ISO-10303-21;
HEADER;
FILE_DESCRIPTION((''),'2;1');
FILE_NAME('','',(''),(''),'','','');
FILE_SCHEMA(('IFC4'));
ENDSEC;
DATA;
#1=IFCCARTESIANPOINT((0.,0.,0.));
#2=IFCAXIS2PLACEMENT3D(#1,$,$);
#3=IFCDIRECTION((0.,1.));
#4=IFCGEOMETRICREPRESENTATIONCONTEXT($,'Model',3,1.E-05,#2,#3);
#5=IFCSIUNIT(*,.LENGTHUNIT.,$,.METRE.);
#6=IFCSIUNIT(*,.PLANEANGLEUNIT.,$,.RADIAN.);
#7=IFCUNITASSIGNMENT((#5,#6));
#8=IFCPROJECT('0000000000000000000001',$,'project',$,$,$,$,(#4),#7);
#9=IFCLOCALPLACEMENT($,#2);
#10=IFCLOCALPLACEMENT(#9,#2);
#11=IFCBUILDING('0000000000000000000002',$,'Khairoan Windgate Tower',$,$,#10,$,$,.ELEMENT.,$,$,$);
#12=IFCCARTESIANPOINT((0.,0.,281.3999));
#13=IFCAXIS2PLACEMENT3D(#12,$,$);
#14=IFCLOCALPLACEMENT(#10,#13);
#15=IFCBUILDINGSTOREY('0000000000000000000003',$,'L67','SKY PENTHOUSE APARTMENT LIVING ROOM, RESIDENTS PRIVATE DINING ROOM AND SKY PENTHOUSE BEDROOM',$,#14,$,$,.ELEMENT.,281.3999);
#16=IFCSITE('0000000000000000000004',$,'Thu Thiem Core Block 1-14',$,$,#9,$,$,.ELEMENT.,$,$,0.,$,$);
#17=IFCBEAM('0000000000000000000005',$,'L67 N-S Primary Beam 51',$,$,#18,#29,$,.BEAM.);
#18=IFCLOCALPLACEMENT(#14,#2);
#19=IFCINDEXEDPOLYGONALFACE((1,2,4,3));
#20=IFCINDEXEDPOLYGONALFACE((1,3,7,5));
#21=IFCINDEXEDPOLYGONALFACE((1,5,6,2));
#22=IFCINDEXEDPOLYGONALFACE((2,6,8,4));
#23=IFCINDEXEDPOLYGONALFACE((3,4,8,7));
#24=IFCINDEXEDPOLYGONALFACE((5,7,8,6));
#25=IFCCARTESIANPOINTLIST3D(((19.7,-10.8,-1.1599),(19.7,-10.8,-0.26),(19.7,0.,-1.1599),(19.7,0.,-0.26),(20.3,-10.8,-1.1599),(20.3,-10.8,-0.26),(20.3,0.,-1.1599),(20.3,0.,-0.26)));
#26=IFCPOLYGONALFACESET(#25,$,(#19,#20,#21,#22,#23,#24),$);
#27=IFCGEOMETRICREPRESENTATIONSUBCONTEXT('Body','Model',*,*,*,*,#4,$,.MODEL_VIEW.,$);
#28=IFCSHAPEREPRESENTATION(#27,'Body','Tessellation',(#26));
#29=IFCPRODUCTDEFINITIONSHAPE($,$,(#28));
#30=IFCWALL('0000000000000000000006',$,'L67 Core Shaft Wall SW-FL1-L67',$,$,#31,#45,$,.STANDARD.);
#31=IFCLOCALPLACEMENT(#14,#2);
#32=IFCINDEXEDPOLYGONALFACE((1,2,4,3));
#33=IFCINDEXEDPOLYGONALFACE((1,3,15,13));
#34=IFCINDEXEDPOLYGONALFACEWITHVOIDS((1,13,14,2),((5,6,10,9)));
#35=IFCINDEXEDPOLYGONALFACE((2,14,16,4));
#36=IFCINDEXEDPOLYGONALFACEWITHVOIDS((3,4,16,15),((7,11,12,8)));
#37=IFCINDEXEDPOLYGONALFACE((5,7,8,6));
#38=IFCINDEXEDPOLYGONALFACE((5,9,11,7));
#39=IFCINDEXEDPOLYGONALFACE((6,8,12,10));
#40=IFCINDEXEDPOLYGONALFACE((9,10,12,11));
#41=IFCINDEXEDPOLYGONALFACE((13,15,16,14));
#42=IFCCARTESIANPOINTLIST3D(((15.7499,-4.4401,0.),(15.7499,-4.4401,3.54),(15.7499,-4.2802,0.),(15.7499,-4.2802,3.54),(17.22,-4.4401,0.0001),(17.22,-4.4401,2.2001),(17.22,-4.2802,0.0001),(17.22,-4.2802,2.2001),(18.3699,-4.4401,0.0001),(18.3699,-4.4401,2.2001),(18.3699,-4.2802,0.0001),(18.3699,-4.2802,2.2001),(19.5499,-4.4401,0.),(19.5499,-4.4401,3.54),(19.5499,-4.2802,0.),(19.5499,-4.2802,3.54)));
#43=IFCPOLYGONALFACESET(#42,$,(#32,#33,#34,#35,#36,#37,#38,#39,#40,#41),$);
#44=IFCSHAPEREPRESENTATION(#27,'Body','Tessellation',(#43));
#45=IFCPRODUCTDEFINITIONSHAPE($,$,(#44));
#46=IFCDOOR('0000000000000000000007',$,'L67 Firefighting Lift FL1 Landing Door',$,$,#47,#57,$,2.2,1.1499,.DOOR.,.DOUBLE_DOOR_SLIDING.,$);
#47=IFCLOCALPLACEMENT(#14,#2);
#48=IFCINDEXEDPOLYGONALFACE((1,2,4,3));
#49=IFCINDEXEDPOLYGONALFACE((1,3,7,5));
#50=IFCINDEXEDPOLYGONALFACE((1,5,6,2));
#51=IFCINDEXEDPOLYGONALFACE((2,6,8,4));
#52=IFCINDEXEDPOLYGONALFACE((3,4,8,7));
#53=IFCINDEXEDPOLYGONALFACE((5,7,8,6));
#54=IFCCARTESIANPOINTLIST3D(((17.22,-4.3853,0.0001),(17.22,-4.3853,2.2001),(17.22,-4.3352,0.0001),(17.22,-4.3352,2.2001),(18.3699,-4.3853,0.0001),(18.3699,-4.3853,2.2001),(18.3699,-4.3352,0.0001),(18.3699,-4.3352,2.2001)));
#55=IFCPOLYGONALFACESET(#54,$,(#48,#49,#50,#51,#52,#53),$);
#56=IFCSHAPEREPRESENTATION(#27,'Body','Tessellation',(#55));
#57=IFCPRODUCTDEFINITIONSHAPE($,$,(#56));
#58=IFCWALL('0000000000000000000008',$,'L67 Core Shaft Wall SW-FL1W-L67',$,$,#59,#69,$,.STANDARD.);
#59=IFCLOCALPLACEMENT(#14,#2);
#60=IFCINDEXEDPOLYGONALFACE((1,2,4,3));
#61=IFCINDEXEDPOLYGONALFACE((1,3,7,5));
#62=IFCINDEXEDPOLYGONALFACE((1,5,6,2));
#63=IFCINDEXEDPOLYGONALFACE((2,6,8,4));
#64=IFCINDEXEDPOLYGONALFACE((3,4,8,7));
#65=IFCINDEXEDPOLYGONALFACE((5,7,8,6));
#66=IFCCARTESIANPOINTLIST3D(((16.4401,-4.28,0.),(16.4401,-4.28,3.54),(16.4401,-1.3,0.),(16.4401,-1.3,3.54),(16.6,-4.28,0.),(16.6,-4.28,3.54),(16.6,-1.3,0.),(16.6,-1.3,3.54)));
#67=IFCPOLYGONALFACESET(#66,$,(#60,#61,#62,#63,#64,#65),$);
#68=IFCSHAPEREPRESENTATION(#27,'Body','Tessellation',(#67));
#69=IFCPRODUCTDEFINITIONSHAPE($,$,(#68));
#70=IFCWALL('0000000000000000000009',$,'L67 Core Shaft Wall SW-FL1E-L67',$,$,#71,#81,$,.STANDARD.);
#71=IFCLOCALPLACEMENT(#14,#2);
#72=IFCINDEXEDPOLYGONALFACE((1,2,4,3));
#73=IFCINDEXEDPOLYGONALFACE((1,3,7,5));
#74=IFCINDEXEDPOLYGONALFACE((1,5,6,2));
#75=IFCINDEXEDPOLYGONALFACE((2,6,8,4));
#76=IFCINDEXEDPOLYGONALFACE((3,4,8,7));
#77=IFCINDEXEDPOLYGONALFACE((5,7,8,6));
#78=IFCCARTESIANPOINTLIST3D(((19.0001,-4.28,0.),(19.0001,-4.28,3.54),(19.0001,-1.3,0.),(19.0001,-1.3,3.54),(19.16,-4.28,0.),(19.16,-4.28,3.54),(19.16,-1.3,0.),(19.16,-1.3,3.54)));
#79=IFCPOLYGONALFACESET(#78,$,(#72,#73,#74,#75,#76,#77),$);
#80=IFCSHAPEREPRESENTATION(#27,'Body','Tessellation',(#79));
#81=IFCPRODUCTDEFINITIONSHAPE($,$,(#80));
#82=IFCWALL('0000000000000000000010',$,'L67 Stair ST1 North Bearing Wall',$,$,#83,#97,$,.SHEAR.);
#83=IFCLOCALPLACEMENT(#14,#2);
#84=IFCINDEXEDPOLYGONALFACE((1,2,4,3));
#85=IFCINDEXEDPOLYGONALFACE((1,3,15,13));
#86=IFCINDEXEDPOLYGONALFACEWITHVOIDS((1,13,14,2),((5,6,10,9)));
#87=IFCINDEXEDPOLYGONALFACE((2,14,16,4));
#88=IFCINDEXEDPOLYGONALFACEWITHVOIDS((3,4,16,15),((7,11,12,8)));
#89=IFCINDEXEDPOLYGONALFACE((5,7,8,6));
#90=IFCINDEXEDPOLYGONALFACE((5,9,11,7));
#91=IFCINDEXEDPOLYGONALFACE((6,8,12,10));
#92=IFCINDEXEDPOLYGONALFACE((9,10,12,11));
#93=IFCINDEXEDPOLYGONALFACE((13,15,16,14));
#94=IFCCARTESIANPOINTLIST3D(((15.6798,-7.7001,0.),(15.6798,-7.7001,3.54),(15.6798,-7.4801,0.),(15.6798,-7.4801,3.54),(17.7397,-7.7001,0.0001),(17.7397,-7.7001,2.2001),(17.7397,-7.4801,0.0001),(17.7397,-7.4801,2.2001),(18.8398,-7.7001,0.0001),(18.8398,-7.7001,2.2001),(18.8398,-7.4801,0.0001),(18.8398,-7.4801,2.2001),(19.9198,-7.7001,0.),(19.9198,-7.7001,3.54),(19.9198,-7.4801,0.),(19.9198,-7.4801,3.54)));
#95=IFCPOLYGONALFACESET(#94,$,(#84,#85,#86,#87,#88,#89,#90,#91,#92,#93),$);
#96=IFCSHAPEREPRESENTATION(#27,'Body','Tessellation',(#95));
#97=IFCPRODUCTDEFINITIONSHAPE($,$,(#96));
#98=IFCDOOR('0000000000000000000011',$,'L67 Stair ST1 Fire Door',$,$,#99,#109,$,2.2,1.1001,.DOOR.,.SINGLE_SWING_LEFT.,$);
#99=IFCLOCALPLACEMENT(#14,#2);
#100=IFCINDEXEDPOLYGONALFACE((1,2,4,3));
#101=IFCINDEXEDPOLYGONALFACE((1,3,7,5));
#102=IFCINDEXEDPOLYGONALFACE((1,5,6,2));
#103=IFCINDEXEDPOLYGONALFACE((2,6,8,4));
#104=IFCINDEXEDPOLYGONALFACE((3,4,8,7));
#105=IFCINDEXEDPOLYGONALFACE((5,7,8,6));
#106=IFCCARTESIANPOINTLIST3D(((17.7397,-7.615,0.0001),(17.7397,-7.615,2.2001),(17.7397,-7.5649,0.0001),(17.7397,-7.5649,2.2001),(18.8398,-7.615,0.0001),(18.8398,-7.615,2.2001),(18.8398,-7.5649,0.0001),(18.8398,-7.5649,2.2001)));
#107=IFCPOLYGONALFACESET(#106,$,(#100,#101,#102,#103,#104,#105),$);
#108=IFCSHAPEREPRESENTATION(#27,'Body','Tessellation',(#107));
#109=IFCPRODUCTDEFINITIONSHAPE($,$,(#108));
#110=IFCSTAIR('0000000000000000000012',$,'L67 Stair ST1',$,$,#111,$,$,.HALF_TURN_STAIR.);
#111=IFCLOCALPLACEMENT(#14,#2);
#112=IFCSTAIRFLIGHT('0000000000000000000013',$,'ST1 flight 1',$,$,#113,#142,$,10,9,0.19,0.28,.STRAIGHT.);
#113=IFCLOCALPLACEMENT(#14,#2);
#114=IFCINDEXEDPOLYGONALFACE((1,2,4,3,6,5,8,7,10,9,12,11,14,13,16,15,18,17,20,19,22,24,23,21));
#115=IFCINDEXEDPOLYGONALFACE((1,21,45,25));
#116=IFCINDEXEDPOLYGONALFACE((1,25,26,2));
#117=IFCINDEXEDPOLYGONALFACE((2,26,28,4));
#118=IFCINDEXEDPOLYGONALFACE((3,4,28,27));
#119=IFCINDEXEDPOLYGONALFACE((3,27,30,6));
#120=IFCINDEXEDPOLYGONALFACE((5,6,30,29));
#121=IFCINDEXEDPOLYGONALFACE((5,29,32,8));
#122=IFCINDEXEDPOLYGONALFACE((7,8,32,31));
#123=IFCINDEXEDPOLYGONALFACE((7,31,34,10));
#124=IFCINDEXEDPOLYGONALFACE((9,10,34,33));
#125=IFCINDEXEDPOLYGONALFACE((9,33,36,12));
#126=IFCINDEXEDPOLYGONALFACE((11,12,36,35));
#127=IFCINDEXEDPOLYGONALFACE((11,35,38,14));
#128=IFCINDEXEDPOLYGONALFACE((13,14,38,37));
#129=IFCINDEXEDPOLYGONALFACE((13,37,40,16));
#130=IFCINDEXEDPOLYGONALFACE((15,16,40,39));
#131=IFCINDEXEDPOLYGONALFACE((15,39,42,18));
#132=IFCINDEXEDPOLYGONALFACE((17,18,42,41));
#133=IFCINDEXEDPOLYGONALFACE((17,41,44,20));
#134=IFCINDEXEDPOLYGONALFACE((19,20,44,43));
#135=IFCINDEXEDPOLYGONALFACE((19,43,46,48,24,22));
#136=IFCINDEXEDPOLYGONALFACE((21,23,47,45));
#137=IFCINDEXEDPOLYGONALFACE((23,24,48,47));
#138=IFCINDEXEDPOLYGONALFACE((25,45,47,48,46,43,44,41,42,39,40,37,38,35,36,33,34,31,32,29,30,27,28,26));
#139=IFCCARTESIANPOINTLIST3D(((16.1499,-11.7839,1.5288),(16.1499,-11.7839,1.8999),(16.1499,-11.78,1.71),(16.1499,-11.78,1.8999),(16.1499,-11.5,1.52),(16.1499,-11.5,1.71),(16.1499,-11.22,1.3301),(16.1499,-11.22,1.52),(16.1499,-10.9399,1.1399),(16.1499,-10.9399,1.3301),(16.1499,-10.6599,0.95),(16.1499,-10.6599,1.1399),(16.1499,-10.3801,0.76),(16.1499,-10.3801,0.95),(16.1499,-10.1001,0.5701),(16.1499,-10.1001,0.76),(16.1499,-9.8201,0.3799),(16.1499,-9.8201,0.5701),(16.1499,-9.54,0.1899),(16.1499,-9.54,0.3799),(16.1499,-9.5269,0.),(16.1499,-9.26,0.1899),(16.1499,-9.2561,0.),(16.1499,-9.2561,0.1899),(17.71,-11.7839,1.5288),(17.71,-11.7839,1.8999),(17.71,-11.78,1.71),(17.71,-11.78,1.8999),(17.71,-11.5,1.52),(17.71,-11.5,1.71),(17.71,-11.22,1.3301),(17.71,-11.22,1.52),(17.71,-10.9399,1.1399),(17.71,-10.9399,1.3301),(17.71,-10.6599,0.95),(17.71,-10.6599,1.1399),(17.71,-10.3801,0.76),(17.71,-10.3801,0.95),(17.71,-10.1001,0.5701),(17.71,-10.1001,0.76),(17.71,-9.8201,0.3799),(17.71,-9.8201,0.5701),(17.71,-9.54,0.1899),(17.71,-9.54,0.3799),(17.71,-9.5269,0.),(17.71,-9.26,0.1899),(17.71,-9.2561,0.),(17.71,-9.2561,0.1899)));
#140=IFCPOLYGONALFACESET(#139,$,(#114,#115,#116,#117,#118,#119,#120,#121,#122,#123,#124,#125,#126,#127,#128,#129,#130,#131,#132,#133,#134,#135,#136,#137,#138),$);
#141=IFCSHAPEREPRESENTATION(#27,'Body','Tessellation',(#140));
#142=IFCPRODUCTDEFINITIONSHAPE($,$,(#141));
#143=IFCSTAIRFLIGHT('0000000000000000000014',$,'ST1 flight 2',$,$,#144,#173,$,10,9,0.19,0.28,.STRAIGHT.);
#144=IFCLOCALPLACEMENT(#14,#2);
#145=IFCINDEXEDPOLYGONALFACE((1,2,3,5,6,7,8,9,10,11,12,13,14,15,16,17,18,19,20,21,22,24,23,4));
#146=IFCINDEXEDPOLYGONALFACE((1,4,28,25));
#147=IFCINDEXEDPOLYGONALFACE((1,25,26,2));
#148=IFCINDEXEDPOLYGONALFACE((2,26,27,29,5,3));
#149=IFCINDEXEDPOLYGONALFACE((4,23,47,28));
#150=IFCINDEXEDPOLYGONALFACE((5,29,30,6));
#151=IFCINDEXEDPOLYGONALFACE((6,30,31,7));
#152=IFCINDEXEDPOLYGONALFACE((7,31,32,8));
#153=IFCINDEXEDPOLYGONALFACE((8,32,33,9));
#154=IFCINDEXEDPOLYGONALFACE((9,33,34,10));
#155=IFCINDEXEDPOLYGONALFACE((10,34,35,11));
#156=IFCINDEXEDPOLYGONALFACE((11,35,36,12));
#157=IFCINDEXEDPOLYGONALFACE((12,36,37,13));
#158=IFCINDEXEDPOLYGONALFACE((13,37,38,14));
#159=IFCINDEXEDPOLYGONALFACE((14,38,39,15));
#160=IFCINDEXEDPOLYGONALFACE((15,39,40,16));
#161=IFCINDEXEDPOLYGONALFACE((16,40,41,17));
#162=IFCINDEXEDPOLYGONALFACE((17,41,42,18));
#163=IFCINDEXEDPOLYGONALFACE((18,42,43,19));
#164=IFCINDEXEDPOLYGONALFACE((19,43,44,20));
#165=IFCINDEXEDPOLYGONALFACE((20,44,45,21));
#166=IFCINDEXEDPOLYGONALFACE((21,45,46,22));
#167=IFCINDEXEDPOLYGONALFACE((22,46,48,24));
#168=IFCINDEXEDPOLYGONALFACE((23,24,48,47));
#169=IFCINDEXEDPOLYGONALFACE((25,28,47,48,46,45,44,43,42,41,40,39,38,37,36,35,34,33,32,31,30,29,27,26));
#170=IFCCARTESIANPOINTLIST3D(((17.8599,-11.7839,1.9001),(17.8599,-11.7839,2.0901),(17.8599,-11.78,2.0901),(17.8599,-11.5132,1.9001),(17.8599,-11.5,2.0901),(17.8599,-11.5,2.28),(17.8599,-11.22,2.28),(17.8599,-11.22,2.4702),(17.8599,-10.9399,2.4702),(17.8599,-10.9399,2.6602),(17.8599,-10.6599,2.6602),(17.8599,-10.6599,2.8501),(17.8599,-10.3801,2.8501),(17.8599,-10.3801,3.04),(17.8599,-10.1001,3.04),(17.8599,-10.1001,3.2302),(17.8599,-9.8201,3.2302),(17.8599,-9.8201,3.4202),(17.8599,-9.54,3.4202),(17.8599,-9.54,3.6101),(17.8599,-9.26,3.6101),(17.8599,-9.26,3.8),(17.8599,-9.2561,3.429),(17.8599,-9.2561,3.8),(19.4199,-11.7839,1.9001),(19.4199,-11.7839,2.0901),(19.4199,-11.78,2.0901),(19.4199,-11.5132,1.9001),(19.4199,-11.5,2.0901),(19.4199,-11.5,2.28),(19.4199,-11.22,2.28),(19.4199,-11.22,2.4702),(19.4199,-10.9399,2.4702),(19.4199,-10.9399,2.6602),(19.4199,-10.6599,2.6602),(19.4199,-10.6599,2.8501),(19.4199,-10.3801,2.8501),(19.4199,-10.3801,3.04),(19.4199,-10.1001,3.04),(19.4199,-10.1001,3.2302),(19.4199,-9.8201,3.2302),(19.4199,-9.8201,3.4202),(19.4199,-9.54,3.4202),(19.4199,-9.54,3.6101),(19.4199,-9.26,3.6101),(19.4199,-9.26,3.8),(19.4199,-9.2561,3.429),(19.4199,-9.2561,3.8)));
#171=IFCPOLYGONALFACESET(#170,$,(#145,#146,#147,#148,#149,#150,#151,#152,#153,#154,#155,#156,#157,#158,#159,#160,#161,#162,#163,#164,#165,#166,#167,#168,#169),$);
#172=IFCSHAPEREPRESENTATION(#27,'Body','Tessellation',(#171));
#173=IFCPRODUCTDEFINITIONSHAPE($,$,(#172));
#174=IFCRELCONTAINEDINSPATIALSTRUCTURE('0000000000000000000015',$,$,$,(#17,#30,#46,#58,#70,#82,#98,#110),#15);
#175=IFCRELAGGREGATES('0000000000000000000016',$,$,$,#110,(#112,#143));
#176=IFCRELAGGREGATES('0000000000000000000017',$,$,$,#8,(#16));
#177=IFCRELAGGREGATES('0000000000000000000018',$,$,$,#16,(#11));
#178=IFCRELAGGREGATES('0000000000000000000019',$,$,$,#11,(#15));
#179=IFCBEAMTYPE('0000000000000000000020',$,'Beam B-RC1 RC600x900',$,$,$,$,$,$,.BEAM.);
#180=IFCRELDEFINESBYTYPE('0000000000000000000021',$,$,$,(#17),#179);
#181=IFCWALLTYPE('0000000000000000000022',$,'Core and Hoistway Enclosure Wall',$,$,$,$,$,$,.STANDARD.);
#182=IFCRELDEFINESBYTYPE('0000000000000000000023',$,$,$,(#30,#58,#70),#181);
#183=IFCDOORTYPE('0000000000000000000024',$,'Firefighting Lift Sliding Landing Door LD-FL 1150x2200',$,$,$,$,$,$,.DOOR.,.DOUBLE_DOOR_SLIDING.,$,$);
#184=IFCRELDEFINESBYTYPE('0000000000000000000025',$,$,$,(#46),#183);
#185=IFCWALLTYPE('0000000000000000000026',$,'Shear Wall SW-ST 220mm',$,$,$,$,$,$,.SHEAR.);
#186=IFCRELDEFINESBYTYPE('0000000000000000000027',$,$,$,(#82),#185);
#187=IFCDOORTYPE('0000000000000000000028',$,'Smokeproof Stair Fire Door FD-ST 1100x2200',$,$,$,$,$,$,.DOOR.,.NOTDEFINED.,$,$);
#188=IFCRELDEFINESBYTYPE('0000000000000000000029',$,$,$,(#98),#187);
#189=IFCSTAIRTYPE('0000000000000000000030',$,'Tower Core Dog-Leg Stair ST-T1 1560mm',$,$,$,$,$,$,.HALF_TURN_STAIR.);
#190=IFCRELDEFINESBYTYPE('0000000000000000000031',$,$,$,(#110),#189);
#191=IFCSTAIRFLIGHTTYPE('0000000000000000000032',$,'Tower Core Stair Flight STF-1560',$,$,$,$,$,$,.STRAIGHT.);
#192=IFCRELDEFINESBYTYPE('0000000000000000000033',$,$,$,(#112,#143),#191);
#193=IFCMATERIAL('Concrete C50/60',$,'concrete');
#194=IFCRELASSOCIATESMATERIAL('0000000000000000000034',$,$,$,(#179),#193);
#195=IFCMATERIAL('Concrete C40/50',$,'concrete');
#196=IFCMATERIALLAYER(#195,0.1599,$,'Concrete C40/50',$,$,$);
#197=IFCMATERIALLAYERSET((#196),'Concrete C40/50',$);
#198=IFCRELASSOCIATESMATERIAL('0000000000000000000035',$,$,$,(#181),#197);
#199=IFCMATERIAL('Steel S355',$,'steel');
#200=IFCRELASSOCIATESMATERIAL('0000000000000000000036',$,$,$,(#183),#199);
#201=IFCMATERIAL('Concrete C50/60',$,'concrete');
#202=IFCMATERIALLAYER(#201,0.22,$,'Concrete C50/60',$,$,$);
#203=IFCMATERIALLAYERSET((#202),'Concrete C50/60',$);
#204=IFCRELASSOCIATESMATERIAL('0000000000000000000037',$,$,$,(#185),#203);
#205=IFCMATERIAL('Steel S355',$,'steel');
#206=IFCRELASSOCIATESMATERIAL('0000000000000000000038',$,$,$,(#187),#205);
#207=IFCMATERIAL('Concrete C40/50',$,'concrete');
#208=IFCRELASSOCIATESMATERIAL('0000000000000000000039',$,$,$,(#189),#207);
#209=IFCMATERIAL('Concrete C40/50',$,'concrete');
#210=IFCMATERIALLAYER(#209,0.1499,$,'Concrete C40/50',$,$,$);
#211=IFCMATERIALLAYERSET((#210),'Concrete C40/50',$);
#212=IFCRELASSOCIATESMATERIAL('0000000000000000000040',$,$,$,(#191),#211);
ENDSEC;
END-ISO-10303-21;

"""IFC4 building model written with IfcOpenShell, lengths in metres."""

from ifc_helpers import new_model, si_unit, direction, frame, frame_2d, origin, origin_2d, place, context, subcontext, project, spatial, polyline, rectangle, outline, extrude, material, layer, layer_set, material_profile, profile_set, type_object, element, fill, aggregate, save


model = new_model("IFC4")

# Units and contexts
model_context = context("Model", 3, precision=1e-05, world=origin(), true_north=direction((0.0, 1.0)))
body_context = subcontext(model_context, "Body", "Model", "MODEL_VIEW")
ifc_project = project(units=[si_unit("LENGTHUNIT", "METRE"), si_unit("PLANEANGLEUNIT", "RADIAN")], contexts=[model_context])

# Site, building, storey
site_placement = place(None, origin())
site = spatial("IfcSite", under=ifc_project, at=site_placement, Name="Thu Thiem Core Block 1-14", CompositionType="ELEMENT", RefElevation=0.0)
building_placement = place(site_placement, origin())
building = spatial("IfcBuilding", under=site, at=building_placement, Name="Khairoan Windgate Tower", CompositionType="ELEMENT")
storey_placement = place(building_placement, frame((0.0, 0.0, 281.3999)))
storey = spatial("IfcBuildingStorey", under=building, at=storey_placement, Name="L67", Description="SKY PENTHOUSE APARTMENT LIVING ROOM, RESIDENTS PRIVATE DINING ROOM AND SKY PENTHOUSE BEDROOM", CompositionType="ELEMENT", Elevation=281.3999)

# Beam
ifc_material_1 = material(Name="Concrete C50/60", Category="concrete")
ifc_material_profile = material_profile(ifc_material_1, rectangle(XDim=0.6001, YDim=0.8999, at=origin_2d()))
ifc_profile_set = profile_set([ifc_material_profile], Name="Concrete C50/60")
beam_type = type_object("IfcBeamType", Name="Beam B-RC1 RC600x900", PredefinedType="BEAM", material=ifc_profile_set)
beam_placement = place(storey_placement, frame((20.0, -10.8, -0.71), z_axis=(0.0, 1.0, 0.0), x_axis=(-1.0, 0.0, 0.0)))
element("IfcBeam", 1, at=beam_placement, inside=storey, type_object=beam_type, Name="L67 N-S Primary Beam 51", PredefinedType="BEAM", context=body_context, shape_type="SweptSolid", body=[
    extrude(rectangle(XDim=0.6001, YDim=0.8999, at=origin_2d()), origin(), (0.0, 0.0, 1.0), 10.8),
])

# Wall, opening, door
ifc_material_2 = material(Name="Concrete C40/50", Category="concrete")
ifc_layer_1 = layer(ifc_material_2, 0.1599, Name="Concrete C40/50")
ifc_layer_set_1 = layer_set([ifc_layer_1], Name="Concrete C40/50")
wall_type_1 = type_object("IfcWallType", Name="Core and Hoistway Enclosure Wall", PredefinedType="STANDARD", material=ifc_layer_set_1)
wall_1_placement = place(storey_placement, frame((15.75, -4.3601, 0.0), z_axis=(0.0, 0.0, 1.0), x_axis=(1.0, 0.0, 0.0)))
wall_1 = element("IfcWall", 2, at=wall_1_placement, inside=storey, type_object=wall_type_1, Name="L67 Core Shaft Wall SW-FL1-L67", PredefinedType="STANDARD", context=body_context, shape_type="SweptSolid", body=[
    extrude(rectangle(XDim=3.8, YDim=0.1599, at=frame_2d((1.8999, 0.0))), origin(), (0.0, 0.0, 1.0), 3.54),
])
opening_1_placement = place(wall_1_placement, frame((1.47, 0.0, 0.0)))
opening_1 = element("IfcOpeningElement", 3, at=opening_1_placement, cuts=wall_1, PredefinedType="OPENING", context=body_context, shape_type="SweptSolid", body=[
    extrude(rectangle(XDim=1.1499, YDim=2.2, at=frame_2d((0.575, 1.1001))), frame((0.0, 0.0898, 0.0), z_axis=(0.0, -1.0, 0.0), x_axis=(1.0, 0.0, 0.0)), (0.0, 0.0, 1.0), 0.1799),
])
ifc_material_3 = material(Name="Steel S355", Category="steel")
door_type_1 = type_object("IfcDoorType", Name="Firefighting Lift Sliding Landing Door LD-FL 1150x2200", OperationType="DOUBLE_DOOR_SLIDING", PredefinedType="DOOR", material=ifc_material_3)
door_1_placement = place(opening_1_placement, origin())
door_1 = element("IfcDoor", 4, at=door_1_placement, inside=storey, type_object=door_type_1, Name="L67 Firefighting Lift FL1 Landing Door", OperationType="DOUBLE_DOOR_SLIDING", OverallHeight=2.2, OverallWidth=1.1499, PredefinedType="DOOR", context=body_context, shape_type="SweptSolid", body=[
    extrude(rectangle(XDim=1.1499, YDim=2.2, at=frame_2d((0.575, 1.1001))), frame((0.0, 0.0249, 0.0), z_axis=(0.0, -1.0, 0.0), x_axis=(1.0, 0.0, 0.0)), (0.0, 0.0, 1.0), 0.05),
])
fill(opening_1, door_1)

# Walls
for number, where, z_axis, x_axis, name in (
    (5, (16.52, -4.28, 0.0), (0.0, 0.0, 1.0), (0.0, 1.0, 0.0), "L67 Core Shaft Wall SW-FL1W-L67"),
    (6, (19.0801, -4.28, 0.0), (0.0, 0.0, 1.0), (0.0, 1.0, 0.0), "L67 Core Shaft Wall SW-FL1E-L67"),
):
    element("IfcWall", number, at=place(storey_placement, frame(where, z_axis=z_axis, x_axis=x_axis)), inside=storey, type_object=wall_type_1, Name=name, PredefinedType="STANDARD", context=body_context, shape_type="SweptSolid", body=[
        extrude(rectangle(XDim=2.98, YDim=0.1599, at=frame_2d((1.49, 0.0))), origin(), (0.0, 0.0, 1.0), 3.54),
    ])

# Wall, opening, door
ifc_material_4 = material(Name="Concrete C50/60", Category="concrete")
ifc_layer_2 = layer(ifc_material_4, 0.22, Name="Concrete C50/60")
ifc_layer_set_2 = layer_set([ifc_layer_2], Name="Concrete C50/60")
wall_type_2 = type_object("IfcWallType", Name="Shear Wall SW-ST 220mm", PredefinedType="SHEAR", material=ifc_layer_set_2)
wall_2_placement = place(storey_placement, frame((19.9199, -7.5901, 0.0), z_axis=(0.0, 0.0, 1.0), x_axis=(-1.0, 0.0, 0.0)))
wall_2 = element("IfcWall", 7, at=wall_2_placement, inside=storey, type_object=wall_type_2, Name="L67 Stair ST1 North Bearing Wall", PredefinedType="SHEAR", context=body_context, shape_type="SweptSolid", body=[
    extrude(rectangle(XDim=4.24, YDim=0.22, at=frame_2d((2.1201, 0.0))), origin(), (0.0, 0.0, 1.0), 3.54),
])
opening_2_placement = place(wall_2_placement, frame((1.0801, 0.0, 0.0)))
opening_2 = element("IfcOpeningElement", 8, at=opening_2_placement, cuts=wall_2, PredefinedType="OPENING", context=body_context, shape_type="SweptSolid", body=[
    extrude(rectangle(XDim=1.1001, YDim=2.2, at=frame_2d((0.55, 1.1001))), frame((0.0, 0.1199, 0.0), z_axis=(0.0, -1.0, 0.0), x_axis=(1.0, 0.0, 0.0)), (0.0, 0.0, 1.0), 0.24),
])
ifc_material_5 = material(Name="Steel S355", Category="steel")
door_type_2 = type_object("IfcDoorType", Name="Smokeproof Stair Fire Door FD-ST 1100x2200", OperationType="NOTDEFINED", PredefinedType="DOOR", material=ifc_material_5)
door_2_placement = place(opening_2_placement, origin())
door_2 = element("IfcDoor", 9, at=door_2_placement, inside=storey, type_object=door_type_2, Name="L67 Stair ST1 Fire Door", OperationType="SINGLE_SWING_LEFT", OverallHeight=2.2, OverallWidth=1.1001, PredefinedType="DOOR", context=body_context, shape_type="SweptSolid", body=[
    extrude(rectangle(XDim=1.1001, YDim=2.2, at=frame_2d((0.55, 1.1001))), frame((0.0, 0.0249, 0.0), z_axis=(0.0, -1.0, 0.0), x_axis=(1.0, 0.0, 0.0)), (0.0, 0.0, 1.0), 0.05),
])
fill(opening_2, door_2)

# Stair, stair flights
ifc_material_6 = material(Name="Concrete C40/50", Category="concrete")
stair_type = type_object("IfcStairType", Name="Tower Core Dog-Leg Stair ST-T1 1560mm", PredefinedType="HALF_TURN_STAIR", material=ifc_material_6)
stair_placement = place(storey_placement, origin())
stair = element("IfcStair", 10, at=stair_placement, inside=storey, type_object=stair_type, Name="L67 Stair ST1", PredefinedType="HALF_TURN_STAIR")
ifc_material_7 = material(Name="Concrete C40/50", Category="concrete")
ifc_layer_3 = layer(ifc_material_7, 0.1499, Name="Concrete C40/50")
ifc_layer_set_3 = layer_set([ifc_layer_3], Name="Concrete C40/50")
stair_flight_type = type_object("IfcStairFlightType", Name="Tower Core Stair Flight STF-1560", PredefinedType="STRAIGHT", material=ifc_layer_set_3)
stair_flight_1_placement = place(storey_placement, frame((16.9299, -9.26, 0.0), z_axis=(0.0, 0.0, 1.0), x_axis=(0.0, -1.0, 0.0)))
stair_flight_1 = element("IfcStairFlight", 11, at=stair_flight_1_placement, type_object=stair_flight_type, Name="ST1 flight 1", NumberOfRisers=10, NumberOfTreads=9, PredefinedType="STRAIGHT", RiserHeight=0.19, TreadLength=0.28, context=body_context, shape_type="SweptSolid", body=[
    extrude(outline(polyline([(-0.0039, 0.0), (-0.0039, 0.1899), (0.0, 0.1899), (0.28, 0.1899), (0.28, 0.3799), (0.5601, 0.3799), (0.5601, 0.5701), (0.8401, 0.5701), (0.8401, 0.76), (1.1201, 0.76), (1.1201, 0.95), (1.3999, 0.95), (1.3999, 1.1399), (1.6799, 1.1399), (1.6799, 1.3301), (1.96, 1.3301), (1.96, 1.52), (2.24, 1.52), (2.24, 1.71), (2.52, 1.71), (2.52, 1.8999), (2.5239, 1.8999), (2.5239, 1.5288), (0.2668, 0.0), (-0.0039, 0.0)])), frame((0.0, 0.78, 0.0), z_axis=(0.0, -1.0, 0.0), x_axis=(1.0, 0.0, 0.0)), (0.0, 0.0, 1.0), 1.5601),
])
stair_flight_2_placement = place(storey_placement, frame((18.6399, -11.78, 1.9001), z_axis=(0.0, 0.0, 1.0), x_axis=(0.0, 1.0, 0.0)))
stair_flight_2 = element("IfcStairFlight", 12, at=stair_flight_2_placement, type_object=stair_flight_type, Name="ST1 flight 2", NumberOfRisers=10, NumberOfTreads=9, PredefinedType="STRAIGHT", RiserHeight=0.19, TreadLength=0.28, context=body_context, shape_type="SweptSolid", body=[
    extrude(outline(polyline([(-0.0039, 0.0), (-0.0039, 0.1899), (0.0, 0.1899), (0.28, 0.1899), (0.28, 0.3799), (0.5601, 0.3799), (0.5601, 0.5701), (0.8401, 0.5701), (0.8401, 0.76), (1.1201, 0.76), (1.1201, 0.95), (1.3999, 0.95), (1.3999, 1.1399), (1.6799, 1.1399), (1.6799, 1.3301), (1.96, 1.3301), (1.96, 1.52), (2.24, 1.52), (2.24, 1.71), (2.52, 1.71), (2.52, 1.8999), (2.5239, 1.8999), (2.5239, 1.5288), (0.2668, 0.0), (-0.0039, 0.0)])), frame((0.0, 0.78, 0.0), z_axis=(0.0, -1.0, 0.0), x_axis=(1.0, 0.0, 0.0)), (0.0, 0.0, 1.0), 1.5601),
])
aggregate(stair, [stair_flight_1, stair_flight_2])

save(model, "model.ifc")
